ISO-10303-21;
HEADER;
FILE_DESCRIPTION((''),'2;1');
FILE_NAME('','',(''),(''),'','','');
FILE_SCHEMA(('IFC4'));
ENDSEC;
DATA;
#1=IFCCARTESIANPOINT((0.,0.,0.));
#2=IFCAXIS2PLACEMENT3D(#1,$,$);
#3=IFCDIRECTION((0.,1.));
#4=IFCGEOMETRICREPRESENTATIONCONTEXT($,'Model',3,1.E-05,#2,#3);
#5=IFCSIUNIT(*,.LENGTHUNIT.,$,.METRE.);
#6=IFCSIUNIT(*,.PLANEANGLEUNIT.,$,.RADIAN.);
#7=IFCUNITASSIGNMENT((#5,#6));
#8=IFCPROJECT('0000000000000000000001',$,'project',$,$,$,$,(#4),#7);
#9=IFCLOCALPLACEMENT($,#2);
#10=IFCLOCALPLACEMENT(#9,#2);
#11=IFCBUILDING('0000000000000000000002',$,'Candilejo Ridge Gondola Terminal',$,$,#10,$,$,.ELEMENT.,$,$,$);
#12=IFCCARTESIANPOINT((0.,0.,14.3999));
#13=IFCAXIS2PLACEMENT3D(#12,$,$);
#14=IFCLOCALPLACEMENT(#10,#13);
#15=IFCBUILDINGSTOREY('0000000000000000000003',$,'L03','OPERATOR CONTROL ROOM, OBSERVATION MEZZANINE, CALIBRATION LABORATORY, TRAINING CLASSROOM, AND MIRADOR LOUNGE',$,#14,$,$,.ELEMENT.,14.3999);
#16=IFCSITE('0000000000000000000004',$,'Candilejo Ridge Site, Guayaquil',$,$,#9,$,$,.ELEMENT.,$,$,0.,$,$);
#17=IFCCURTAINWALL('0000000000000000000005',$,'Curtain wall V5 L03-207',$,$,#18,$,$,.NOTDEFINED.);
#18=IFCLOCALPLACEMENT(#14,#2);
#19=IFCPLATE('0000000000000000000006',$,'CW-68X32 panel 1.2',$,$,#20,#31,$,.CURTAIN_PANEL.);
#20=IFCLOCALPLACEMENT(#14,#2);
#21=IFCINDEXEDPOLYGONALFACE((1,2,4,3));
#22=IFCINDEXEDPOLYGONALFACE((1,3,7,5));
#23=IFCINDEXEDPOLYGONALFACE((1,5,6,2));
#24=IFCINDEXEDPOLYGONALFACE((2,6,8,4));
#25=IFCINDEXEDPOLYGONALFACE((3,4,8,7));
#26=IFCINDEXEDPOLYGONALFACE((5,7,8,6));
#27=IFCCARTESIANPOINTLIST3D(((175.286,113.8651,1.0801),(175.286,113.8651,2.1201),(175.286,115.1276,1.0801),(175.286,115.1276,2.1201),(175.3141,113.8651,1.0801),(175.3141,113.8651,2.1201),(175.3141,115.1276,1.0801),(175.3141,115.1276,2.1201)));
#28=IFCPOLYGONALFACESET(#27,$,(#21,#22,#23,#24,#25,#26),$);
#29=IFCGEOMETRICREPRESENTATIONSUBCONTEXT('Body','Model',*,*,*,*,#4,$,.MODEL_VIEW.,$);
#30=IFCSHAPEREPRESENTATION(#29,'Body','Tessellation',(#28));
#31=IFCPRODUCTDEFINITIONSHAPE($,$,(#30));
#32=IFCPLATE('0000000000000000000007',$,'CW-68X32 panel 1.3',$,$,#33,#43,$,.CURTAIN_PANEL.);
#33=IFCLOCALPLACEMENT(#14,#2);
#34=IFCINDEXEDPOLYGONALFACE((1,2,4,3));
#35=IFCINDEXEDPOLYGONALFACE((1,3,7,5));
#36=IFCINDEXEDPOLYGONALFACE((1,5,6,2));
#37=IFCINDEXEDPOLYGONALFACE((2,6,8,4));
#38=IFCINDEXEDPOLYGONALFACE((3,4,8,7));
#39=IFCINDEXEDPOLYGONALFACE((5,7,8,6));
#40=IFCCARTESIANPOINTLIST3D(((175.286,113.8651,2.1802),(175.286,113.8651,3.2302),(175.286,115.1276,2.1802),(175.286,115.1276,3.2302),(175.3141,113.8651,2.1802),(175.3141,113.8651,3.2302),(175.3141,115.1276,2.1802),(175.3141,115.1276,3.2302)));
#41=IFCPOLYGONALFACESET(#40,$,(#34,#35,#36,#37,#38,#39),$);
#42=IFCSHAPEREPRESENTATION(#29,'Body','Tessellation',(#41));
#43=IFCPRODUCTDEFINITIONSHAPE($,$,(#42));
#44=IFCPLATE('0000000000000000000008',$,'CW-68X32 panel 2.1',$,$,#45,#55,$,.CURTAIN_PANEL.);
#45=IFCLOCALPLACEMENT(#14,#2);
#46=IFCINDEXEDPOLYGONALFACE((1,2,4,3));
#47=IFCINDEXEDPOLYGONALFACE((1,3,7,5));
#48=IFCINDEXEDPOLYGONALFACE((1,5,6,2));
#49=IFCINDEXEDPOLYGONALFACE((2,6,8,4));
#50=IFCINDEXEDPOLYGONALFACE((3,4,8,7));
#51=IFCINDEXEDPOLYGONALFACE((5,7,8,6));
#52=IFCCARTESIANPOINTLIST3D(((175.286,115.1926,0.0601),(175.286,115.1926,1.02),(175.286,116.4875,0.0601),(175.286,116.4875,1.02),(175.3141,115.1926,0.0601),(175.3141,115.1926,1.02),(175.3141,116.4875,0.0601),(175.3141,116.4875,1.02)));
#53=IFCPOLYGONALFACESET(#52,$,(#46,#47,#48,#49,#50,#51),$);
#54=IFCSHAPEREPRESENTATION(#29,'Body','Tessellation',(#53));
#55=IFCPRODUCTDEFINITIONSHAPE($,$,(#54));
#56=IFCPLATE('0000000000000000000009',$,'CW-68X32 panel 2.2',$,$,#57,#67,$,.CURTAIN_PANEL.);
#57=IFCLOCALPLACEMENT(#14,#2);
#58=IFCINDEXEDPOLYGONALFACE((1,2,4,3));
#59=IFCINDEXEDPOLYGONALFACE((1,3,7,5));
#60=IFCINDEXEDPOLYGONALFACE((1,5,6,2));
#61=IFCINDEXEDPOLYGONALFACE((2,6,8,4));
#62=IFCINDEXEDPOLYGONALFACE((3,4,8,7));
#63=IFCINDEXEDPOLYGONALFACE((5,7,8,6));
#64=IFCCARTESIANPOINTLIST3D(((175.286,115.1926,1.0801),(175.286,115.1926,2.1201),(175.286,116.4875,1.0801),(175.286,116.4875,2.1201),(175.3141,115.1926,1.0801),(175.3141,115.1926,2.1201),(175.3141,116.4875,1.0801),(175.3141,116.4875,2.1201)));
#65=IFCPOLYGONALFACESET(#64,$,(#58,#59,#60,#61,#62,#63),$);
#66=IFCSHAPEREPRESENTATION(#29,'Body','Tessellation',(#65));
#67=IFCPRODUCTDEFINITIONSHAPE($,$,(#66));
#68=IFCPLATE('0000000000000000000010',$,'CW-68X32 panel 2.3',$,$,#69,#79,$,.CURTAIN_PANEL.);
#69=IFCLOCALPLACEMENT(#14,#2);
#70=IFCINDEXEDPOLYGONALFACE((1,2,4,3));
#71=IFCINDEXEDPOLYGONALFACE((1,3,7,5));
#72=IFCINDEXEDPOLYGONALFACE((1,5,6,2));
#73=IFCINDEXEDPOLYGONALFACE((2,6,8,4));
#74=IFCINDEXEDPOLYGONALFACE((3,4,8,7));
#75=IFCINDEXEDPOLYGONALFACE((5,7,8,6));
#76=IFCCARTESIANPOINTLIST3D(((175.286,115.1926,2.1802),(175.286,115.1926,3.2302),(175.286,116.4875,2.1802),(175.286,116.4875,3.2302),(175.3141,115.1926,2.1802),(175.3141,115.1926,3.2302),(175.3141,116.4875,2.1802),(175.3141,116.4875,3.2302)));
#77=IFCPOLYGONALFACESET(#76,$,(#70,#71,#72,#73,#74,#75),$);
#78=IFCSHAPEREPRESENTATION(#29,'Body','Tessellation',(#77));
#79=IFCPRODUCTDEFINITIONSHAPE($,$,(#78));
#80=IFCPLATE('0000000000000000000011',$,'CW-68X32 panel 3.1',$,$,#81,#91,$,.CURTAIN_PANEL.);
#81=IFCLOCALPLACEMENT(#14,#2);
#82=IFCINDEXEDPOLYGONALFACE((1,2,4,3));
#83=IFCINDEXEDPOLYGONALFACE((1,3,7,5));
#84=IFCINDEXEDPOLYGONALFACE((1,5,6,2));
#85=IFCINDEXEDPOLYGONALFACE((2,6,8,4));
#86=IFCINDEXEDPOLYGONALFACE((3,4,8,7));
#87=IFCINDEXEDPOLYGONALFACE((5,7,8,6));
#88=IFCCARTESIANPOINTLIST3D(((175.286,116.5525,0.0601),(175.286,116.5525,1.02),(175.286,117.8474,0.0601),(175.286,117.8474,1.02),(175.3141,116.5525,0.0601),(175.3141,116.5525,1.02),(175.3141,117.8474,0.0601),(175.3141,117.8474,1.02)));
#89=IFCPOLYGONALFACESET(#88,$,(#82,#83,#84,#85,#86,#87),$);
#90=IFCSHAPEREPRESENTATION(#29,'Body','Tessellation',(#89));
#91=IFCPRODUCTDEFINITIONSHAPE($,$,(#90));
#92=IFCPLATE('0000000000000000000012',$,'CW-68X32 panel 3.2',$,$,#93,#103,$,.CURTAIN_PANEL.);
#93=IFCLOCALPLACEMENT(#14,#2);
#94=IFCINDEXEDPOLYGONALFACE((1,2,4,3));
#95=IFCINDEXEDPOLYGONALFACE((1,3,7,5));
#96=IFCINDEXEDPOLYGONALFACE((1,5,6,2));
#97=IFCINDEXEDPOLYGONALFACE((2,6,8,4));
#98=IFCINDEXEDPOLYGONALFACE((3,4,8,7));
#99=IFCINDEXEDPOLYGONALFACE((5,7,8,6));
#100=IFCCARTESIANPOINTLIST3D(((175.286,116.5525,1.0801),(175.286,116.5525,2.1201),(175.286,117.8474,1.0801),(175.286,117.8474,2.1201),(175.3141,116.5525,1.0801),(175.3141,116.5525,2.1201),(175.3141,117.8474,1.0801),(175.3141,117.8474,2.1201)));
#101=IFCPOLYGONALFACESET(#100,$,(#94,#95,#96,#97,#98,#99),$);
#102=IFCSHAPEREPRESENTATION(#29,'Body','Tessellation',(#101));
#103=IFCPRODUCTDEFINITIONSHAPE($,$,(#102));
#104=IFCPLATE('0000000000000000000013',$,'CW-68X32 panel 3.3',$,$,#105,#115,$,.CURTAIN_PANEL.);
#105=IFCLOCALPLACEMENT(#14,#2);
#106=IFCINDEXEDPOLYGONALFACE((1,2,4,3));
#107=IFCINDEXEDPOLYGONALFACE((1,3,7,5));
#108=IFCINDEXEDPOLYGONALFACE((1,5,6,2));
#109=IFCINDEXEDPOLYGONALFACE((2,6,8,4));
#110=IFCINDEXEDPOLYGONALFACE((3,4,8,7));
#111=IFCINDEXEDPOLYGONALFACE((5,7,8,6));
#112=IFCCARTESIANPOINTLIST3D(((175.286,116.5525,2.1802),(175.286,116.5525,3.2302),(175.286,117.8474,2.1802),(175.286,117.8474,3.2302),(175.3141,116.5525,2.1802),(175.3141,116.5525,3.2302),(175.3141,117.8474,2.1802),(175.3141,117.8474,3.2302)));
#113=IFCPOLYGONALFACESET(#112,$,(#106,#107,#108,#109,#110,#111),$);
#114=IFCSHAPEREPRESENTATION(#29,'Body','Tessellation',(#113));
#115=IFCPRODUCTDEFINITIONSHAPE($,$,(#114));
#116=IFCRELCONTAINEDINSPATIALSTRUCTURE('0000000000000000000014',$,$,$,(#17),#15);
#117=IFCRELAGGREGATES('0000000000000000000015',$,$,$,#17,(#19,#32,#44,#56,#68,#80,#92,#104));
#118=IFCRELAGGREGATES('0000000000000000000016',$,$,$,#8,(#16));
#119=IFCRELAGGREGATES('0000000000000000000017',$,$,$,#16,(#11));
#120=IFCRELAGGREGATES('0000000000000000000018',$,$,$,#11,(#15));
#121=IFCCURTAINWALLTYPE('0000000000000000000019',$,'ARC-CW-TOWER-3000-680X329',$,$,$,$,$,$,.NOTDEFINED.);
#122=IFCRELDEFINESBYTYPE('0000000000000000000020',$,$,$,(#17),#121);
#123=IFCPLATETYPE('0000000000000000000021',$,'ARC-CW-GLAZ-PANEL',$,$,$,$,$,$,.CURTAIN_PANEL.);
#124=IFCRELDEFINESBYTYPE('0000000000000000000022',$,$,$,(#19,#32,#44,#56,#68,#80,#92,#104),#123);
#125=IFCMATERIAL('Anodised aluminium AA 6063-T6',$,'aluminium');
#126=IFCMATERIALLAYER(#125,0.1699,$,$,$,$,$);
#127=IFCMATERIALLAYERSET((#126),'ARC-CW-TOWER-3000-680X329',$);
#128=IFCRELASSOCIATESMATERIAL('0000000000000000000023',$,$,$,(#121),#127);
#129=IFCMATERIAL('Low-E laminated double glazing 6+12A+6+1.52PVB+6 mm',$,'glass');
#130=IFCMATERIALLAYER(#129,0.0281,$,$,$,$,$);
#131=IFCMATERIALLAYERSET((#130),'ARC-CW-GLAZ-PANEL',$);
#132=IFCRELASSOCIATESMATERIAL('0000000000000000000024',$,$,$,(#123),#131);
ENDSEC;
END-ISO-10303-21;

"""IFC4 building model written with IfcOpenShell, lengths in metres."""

from ifc_helpers import new_model, si_unit, direction, frame, origin, origin_2d, place, context, subcontext, project, spatial, rectangle, extrude, material, layer, layer_set, type_object, element, aggregate, save


model = new_model("IFC4")

# Units and contexts
model_context = context("Model", 3, precision=1e-05, world=origin(), true_north=direction((0.0, 1.0)))
body_context = subcontext(model_context, "Body", "Model", "MODEL_VIEW")
ifc_project = project(units=[si_unit("LENGTHUNIT", "METRE"), si_unit("PLANEANGLEUNIT", "RADIAN")], contexts=[model_context])

# Site, building, storey
site_placement = place(None, origin())
site = spatial("IfcSite", under=ifc_project, at=site_placement, Name="Candilejo Ridge Site, Guayaquil", CompositionType="ELEMENT", RefElevation=0.0)
building_placement = place(site_placement, origin())
building = spatial("IfcBuilding", under=site, at=building_placement, Name="Candilejo Ridge Gondola Terminal", CompositionType="ELEMENT")
storey_placement = place(building_placement, frame((0.0, 0.0, 14.3999)))
storey = spatial("IfcBuildingStorey", under=building, at=storey_placement, Name="L03", Description="OPERATOR CONTROL ROOM, OBSERVATION MEZZANINE, CALIBRATION LABORATORY, TRAINING CLASSROOM, AND MIRADOR LOUNGE", CompositionType="ELEMENT", Elevation=14.3999)

# Curtain wall, plates
ifc_material_1 = material(Name="Anodised aluminium AA 6063-T6", Category="aluminium")
ifc_layer_1 = layer(ifc_material_1, 0.1699)
ifc_layer_set_1 = layer_set([ifc_layer_1], Name="ARC-CW-TOWER-3000-680X329")
curtain_wall_type = type_object("IfcCurtainWallType", Name="ARC-CW-TOWER-3000-680X329", PredefinedType="NOTDEFINED", material=ifc_layer_set_1)
curtain_wall_placement = place(storey_placement, origin())
curtain_wall = element("IfcCurtainWall", 1, at=curtain_wall_placement, inside=storey, type_object=curtain_wall_type, Name="Curtain wall V5 L03-207", PredefinedType="NOTDEFINED")
ifc_material_2 = material(Name="Low-E laminated double glazing 6+12A+6+1.52PVB+6 mm", Category="glass")
ifc_layer_2 = layer(ifc_material_2, 0.0281)
ifc_layer_set_2 = layer_set([ifc_layer_2], Name="ARC-CW-GLAZ-PANEL")
plate_type = type_object("IfcPlateType", Name="ARC-CW-GLAZ-PANEL", PredefinedType="CURTAIN_PANEL", material=ifc_layer_set_2)
plate_1_placement = place(storey_placement, frame((175.3, 114.4963, 1.0801), z_axis=(0.0, 0.0, 1.0), x_axis=(0.0, 1.0, 0.0)))
plate_1 = element("IfcPlate", 2, at=plate_1_placement, type_object=plate_type, Name="CW-68X32 panel 1.2", PredefinedType="CURTAIN_PANEL", context=body_context, shape_type="SweptSolid", body=[
    extrude(rectangle(XDim=1.2625, YDim=0.0281, at=origin_2d()), origin(), (0.0, 0.0, 1.0), 1.04),
])
plate_2_placement = place(storey_placement, frame((175.3, 114.4963, 2.1802), z_axis=(0.0, 0.0, 1.0), x_axis=(0.0, 1.0, 0.0)))
plate_2 = element("IfcPlate", 3, at=plate_2_placement, type_object=plate_type, Name="CW-68X32 panel 1.3", PredefinedType="CURTAIN_PANEL", context=body_context, shape_type="SweptSolid", body=[
    extrude(rectangle(XDim=1.2625, YDim=0.0281, at=origin_2d()), origin(), (0.0, 0.0, 1.0), 1.05),
])
plate_3_placement = place(storey_placement, frame((175.3, 115.8401, 0.0601), z_axis=(0.0, 0.0, 1.0), x_axis=(0.0, 1.0, 0.0)))
plate_3 = element("IfcPlate", 4, at=plate_3_placement, type_object=plate_type, Name="CW-68X32 panel 2.1", PredefinedType="CURTAIN_PANEL", context=body_context, shape_type="SweptSolid", body=[
    extrude(rectangle(XDim=1.2949, YDim=0.0281, at=origin_2d()), origin(), (0.0, 0.0, 1.0), 0.96),
])
plate_4_placement = place(storey_placement, frame((175.3, 115.8401, 1.0801), z_axis=(0.0, 0.0, 1.0), x_axis=(0.0, 1.0, 0.0)))
plate_4 = element("IfcPlate", 5, at=plate_4_placement, type_object=plate_type, Name="CW-68X32 panel 2.2", PredefinedType="CURTAIN_PANEL", context=body_context, shape_type="SweptSolid", body=[
    extrude(rectangle(XDim=1.2949, YDim=0.0281, at=origin_2d()), origin(), (0.0, 0.0, 1.0), 1.04),
])
plate_5_placement = place(storey_placement, frame((175.3, 115.8401, 2.1802), z_axis=(0.0, 0.0, 1.0), x_axis=(0.0, 1.0, 0.0)))
plate_5 = element("IfcPlate", 6, at=plate_5_placement, type_object=plate_type, Name="CW-68X32 panel 2.3", PredefinedType="CURTAIN_PANEL", context=body_context, shape_type="SweptSolid", body=[
    extrude(rectangle(XDim=1.2949, YDim=0.0281, at=origin_2d()), origin(), (0.0, 0.0, 1.0), 1.05),
])
plate_6_placement = place(storey_placement, frame((175.3, 117.2, 0.0601), z_axis=(0.0, 0.0, 1.0), x_axis=(0.0, 1.0, 0.0)))
plate_6 = element("IfcPlate", 7, at=plate_6_placement, type_object=plate_type, Name="CW-68X32 panel 3.1", PredefinedType="CURTAIN_PANEL", context=body_context, shape_type="SweptSolid", body=[
    extrude(rectangle(XDim=1.2949, YDim=0.0281, at=origin_2d()), origin(), (0.0, 0.0, 1.0), 0.96),
])
plate_7_placement = place(storey_placement, frame((175.3, 117.2, 1.0801), z_axis=(0.0, 0.0, 1.0), x_axis=(0.0, 1.0, 0.0)))
plate_7 = element("IfcPlate", 8, at=plate_7_placement, type_object=plate_type, Name="CW-68X32 panel 3.2", PredefinedType="CURTAIN_PANEL", context=body_context, shape_type="SweptSolid", body=[
    extrude(rectangle(XDim=1.2949, YDim=0.0281, at=origin_2d()), origin(), (0.0, 0.0, 1.0), 1.04),
])
plate_8_placement = place(storey_placement, frame((175.3, 117.2, 2.1802), z_axis=(0.0, 0.0, 1.0), x_axis=(0.0, 1.0, 0.0)))
plate_8 = element("IfcPlate", 9, at=plate_8_placement, type_object=plate_type, Name="CW-68X32 panel 3.3", PredefinedType="CURTAIN_PANEL", context=body_context, shape_type="SweptSolid", body=[
    extrude(rectangle(XDim=1.2949, YDim=0.0281, at=origin_2d()), origin(), (0.0, 0.0, 1.0), 1.05),
])
aggregate(curtain_wall, [plate_1, plate_2, plate_3, plate_4, plate_5, plate_6, plate_7, plate_8])

save(model, "model.ifc")
